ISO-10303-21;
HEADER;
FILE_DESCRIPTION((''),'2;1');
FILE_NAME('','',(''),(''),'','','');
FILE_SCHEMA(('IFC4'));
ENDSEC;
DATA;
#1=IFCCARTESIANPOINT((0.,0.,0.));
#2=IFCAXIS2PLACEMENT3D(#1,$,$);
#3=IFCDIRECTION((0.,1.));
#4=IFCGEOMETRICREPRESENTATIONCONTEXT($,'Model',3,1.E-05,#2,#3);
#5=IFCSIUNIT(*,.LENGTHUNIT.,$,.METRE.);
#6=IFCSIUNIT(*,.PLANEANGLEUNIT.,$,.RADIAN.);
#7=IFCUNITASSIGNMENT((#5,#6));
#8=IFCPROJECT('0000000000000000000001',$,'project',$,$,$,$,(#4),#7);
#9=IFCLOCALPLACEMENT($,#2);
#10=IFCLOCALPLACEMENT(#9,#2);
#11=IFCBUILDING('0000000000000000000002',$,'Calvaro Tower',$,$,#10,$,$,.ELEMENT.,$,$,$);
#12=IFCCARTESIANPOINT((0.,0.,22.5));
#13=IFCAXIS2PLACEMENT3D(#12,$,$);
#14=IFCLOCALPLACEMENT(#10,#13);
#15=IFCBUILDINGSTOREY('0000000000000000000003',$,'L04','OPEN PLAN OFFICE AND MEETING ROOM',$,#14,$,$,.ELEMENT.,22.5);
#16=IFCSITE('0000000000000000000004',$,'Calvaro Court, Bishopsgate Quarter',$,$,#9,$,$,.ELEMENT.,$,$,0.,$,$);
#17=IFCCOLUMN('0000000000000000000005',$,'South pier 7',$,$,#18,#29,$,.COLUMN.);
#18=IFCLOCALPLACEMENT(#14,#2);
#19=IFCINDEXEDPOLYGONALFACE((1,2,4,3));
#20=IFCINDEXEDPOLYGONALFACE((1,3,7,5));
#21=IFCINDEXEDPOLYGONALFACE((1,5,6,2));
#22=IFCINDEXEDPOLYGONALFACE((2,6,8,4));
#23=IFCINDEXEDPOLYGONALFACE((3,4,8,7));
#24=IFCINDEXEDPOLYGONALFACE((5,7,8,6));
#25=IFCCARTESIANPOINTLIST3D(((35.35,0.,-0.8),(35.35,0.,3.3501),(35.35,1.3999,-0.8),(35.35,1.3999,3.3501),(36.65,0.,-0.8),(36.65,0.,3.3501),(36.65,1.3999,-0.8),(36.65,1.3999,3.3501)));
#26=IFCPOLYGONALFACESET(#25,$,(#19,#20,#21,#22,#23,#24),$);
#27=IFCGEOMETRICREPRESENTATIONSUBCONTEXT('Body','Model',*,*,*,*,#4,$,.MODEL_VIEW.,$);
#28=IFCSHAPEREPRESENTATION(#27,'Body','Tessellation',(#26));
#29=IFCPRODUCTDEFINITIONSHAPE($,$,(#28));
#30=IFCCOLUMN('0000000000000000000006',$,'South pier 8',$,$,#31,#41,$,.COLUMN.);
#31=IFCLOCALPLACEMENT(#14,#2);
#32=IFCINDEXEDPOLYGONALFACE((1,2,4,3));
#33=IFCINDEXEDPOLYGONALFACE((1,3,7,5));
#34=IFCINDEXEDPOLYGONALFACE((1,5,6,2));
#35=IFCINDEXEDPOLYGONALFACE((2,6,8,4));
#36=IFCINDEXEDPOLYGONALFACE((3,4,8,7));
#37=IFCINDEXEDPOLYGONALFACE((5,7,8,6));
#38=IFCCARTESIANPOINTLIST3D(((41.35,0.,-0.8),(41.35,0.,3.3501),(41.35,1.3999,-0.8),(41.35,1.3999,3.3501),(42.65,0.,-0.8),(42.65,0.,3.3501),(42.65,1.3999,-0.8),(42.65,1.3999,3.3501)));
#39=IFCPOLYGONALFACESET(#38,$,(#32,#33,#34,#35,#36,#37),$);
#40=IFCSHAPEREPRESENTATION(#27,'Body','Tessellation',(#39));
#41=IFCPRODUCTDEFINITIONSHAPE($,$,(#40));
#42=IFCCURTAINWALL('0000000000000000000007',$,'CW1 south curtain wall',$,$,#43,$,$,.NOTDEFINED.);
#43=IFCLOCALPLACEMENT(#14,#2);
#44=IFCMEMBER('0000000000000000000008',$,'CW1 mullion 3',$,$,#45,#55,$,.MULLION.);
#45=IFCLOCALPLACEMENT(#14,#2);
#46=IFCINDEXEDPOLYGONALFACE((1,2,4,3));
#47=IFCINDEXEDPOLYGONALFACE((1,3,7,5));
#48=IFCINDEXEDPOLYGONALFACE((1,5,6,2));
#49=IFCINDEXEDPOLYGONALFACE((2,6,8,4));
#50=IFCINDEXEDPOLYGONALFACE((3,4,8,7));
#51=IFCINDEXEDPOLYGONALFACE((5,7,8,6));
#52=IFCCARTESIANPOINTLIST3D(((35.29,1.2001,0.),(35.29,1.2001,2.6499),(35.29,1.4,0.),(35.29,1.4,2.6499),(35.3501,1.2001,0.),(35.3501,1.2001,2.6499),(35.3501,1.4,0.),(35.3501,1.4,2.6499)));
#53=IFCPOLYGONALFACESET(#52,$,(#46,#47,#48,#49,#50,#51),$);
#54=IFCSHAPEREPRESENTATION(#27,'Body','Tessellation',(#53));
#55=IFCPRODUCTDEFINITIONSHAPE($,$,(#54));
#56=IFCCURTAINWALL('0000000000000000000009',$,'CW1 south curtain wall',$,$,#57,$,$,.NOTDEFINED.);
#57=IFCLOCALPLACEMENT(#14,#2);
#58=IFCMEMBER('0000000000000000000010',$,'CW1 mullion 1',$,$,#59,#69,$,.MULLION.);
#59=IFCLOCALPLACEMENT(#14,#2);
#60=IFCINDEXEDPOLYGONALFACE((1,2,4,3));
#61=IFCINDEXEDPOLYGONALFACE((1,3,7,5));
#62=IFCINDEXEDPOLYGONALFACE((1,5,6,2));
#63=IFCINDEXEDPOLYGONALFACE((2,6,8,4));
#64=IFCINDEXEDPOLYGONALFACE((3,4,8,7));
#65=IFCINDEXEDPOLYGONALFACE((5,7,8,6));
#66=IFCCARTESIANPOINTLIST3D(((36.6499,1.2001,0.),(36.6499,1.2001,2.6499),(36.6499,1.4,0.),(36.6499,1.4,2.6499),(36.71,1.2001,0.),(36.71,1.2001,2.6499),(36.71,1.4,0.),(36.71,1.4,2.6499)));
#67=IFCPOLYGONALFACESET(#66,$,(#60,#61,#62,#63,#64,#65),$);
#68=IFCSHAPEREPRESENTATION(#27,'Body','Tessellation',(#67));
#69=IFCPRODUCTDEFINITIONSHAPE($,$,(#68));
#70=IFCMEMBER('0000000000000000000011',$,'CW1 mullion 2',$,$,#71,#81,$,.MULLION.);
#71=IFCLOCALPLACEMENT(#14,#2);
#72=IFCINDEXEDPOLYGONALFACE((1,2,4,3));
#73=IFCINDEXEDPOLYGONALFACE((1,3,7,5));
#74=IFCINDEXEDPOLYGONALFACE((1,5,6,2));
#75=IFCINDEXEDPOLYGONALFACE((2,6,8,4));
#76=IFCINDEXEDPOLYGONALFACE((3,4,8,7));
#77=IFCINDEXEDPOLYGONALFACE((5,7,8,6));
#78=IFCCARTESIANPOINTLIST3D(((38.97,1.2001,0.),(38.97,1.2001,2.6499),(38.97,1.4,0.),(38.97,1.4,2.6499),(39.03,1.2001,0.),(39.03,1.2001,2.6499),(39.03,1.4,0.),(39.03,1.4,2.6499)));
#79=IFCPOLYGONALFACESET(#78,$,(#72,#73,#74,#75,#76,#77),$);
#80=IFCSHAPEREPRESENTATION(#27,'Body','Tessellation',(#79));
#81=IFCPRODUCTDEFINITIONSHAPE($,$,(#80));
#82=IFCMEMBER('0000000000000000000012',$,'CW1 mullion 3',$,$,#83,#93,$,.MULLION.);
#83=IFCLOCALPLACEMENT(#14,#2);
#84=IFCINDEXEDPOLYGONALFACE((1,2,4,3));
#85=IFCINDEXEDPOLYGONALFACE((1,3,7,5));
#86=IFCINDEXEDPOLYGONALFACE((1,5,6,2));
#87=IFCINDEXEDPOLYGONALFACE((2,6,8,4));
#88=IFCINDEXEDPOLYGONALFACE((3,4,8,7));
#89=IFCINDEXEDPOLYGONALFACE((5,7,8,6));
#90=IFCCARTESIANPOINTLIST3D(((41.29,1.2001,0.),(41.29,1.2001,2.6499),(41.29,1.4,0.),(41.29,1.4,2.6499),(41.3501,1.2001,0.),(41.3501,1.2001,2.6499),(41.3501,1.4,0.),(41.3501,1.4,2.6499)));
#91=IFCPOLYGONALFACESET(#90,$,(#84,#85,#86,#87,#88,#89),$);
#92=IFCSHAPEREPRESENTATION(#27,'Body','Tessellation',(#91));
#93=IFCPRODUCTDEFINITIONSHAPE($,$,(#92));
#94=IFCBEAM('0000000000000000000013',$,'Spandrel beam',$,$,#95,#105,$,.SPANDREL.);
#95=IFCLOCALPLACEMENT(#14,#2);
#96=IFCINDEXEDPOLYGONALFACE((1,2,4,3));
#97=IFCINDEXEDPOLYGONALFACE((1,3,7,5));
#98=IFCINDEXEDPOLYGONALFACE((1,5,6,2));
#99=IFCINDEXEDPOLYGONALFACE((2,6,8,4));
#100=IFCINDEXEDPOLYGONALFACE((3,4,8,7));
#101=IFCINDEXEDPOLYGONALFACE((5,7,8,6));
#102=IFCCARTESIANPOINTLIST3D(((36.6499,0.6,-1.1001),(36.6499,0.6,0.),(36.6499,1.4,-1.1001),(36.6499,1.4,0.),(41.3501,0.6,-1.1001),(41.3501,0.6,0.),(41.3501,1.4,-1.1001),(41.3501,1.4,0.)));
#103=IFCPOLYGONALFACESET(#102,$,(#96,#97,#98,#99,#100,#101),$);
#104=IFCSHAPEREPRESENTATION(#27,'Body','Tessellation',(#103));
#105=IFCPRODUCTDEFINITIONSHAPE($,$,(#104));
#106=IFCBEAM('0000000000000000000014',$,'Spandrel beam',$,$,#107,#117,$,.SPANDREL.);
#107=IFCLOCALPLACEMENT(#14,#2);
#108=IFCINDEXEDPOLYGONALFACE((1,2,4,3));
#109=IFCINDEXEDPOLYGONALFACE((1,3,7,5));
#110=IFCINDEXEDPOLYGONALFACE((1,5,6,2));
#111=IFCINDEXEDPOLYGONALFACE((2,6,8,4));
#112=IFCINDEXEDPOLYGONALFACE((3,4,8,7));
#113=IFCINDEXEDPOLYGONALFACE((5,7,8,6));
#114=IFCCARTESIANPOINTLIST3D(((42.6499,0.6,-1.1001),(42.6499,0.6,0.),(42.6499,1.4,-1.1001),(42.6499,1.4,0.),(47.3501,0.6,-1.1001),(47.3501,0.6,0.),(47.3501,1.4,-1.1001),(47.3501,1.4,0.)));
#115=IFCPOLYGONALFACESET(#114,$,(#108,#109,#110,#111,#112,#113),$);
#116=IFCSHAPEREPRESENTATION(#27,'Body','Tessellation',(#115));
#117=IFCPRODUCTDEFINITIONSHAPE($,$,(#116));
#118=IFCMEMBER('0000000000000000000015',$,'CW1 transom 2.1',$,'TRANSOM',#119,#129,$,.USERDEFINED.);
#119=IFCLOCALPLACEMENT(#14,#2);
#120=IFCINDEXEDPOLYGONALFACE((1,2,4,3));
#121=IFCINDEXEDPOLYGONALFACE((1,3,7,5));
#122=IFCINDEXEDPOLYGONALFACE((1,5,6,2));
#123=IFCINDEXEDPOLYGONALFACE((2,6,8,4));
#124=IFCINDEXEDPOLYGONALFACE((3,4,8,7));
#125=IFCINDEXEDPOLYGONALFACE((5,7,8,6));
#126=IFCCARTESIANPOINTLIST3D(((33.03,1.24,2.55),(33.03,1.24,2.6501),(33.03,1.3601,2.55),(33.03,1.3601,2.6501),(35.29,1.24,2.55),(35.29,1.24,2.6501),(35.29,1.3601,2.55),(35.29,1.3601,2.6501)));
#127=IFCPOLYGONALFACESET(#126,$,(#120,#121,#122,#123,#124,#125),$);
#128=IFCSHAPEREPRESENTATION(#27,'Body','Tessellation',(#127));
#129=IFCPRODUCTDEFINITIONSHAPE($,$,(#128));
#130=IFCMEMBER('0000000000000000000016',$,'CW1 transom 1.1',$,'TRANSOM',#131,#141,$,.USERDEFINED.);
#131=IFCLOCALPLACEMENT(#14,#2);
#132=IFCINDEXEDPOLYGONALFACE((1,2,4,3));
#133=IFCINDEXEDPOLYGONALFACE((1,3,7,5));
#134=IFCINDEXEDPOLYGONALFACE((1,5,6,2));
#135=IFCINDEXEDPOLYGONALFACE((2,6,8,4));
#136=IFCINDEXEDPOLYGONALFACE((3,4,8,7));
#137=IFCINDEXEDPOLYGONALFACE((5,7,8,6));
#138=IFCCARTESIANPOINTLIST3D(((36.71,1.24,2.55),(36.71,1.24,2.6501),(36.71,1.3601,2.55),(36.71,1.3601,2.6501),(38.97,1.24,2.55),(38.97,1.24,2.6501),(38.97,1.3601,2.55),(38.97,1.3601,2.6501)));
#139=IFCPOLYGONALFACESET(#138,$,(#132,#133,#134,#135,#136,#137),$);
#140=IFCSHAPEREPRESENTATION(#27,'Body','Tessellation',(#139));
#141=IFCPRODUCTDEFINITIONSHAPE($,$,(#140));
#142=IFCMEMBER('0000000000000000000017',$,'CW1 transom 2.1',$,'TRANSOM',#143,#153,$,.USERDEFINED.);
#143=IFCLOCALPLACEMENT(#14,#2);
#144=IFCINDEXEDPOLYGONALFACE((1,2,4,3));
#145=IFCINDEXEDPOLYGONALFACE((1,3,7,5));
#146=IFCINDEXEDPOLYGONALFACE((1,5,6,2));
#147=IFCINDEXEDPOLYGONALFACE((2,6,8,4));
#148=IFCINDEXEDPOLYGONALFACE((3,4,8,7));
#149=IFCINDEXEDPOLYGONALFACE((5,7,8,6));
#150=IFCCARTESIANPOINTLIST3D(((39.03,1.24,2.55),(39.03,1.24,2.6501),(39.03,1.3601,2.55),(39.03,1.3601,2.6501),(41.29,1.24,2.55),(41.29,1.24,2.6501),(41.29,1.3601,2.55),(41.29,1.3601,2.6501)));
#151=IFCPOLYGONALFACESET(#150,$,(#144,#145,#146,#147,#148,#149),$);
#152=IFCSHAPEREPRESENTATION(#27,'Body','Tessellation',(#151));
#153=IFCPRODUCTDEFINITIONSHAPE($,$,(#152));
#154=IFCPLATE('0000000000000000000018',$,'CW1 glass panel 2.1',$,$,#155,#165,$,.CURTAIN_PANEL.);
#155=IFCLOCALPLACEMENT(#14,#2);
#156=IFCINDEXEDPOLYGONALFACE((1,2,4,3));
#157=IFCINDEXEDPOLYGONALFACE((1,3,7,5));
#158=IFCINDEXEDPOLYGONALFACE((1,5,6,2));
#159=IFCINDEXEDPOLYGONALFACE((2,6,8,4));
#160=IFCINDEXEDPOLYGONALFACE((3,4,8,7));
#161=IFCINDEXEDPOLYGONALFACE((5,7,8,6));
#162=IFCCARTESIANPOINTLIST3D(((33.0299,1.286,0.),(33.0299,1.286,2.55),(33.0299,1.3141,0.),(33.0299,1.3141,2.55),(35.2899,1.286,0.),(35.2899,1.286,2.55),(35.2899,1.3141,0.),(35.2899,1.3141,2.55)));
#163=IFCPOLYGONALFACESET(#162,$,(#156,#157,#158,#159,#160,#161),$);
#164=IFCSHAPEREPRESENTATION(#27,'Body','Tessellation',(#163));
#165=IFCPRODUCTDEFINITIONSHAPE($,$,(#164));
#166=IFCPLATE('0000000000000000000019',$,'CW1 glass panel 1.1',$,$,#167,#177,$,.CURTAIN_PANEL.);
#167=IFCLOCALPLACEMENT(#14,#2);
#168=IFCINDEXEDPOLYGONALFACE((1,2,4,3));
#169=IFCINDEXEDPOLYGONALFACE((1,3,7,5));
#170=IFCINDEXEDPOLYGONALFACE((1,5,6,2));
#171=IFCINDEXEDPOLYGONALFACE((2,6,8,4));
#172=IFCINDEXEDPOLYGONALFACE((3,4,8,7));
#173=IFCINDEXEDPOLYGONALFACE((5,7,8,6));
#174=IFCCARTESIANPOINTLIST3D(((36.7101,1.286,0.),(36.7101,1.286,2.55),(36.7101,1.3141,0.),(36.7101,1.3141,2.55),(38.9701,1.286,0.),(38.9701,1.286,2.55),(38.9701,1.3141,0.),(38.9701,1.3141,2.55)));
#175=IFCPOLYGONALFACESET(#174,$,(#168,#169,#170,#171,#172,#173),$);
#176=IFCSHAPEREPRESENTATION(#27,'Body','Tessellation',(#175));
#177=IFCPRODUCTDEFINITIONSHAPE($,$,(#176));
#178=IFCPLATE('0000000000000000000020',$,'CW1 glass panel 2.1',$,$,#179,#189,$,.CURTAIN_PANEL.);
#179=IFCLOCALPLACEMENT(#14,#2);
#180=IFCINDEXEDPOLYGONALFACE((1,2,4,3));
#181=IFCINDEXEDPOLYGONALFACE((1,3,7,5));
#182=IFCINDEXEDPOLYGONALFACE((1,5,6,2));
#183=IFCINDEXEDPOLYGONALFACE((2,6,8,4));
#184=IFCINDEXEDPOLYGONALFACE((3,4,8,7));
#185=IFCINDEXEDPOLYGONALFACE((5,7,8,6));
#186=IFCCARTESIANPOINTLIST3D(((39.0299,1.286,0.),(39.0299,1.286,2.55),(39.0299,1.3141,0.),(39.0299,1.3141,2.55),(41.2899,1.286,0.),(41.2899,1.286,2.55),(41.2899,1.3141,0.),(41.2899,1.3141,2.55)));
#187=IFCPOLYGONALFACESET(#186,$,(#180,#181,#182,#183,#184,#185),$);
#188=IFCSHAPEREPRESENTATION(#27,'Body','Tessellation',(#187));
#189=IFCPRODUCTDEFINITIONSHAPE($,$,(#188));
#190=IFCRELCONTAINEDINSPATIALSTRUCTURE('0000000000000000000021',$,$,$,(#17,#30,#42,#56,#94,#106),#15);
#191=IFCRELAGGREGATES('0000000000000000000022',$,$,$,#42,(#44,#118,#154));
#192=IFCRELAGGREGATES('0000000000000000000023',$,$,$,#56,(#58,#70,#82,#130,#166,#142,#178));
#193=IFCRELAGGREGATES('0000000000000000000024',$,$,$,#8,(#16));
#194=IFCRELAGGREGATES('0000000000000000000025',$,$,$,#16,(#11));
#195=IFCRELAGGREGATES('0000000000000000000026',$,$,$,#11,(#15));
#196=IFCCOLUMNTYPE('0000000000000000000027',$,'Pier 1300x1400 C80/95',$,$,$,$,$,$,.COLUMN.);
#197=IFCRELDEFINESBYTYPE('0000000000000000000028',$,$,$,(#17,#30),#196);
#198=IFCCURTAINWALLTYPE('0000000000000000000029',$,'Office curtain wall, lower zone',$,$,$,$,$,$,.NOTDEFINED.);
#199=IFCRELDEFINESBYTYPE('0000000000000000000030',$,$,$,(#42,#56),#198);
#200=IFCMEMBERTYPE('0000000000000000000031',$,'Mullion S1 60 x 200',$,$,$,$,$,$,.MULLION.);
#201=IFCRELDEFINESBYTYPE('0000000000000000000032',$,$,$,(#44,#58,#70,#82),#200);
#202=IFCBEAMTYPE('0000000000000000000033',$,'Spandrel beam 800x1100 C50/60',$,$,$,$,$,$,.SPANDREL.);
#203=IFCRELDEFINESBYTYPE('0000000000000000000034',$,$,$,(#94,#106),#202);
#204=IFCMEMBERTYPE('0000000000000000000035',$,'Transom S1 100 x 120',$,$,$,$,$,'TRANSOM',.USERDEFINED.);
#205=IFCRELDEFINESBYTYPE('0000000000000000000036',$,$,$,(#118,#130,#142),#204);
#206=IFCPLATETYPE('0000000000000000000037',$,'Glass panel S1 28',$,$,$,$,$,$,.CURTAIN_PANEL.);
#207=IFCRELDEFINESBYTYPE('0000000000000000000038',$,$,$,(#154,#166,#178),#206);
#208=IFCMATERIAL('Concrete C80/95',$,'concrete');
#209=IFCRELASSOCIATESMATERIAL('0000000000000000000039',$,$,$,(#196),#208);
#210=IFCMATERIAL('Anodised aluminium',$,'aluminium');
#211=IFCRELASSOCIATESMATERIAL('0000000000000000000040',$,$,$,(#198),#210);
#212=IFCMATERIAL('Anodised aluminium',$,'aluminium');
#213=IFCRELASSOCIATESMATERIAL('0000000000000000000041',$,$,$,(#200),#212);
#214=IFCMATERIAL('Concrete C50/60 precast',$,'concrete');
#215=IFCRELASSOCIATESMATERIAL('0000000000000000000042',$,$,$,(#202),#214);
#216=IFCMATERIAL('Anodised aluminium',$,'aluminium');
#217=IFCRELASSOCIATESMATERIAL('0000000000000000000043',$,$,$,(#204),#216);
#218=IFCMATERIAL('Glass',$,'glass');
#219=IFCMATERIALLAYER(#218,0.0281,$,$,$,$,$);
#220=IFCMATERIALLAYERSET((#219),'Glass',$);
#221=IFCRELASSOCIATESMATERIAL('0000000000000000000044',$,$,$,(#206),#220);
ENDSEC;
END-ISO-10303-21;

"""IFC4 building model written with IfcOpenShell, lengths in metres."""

from ifc_helpers import new_model, si_unit, direction, frame, origin, origin_2d, place, context, subcontext, project, spatial, rectangle, extrude, material, layer, layer_set, material_profile, profile_set, type_object, element, aggregate, save


model = new_model("IFC4")

# Units and contexts
model_context = context("Model", 3, precision=1e-05, world=origin(), true_north=direction((0.0, 1.0)))
body_context = subcontext(model_context, "Body", "Model", "MODEL_VIEW")
ifc_project = project(units=[si_unit("LENGTHUNIT", "METRE"), si_unit("PLANEANGLEUNIT", "RADIAN")], contexts=[model_context])

# Site, building, storey
site_placement = place(None, origin())
site = spatial("IfcSite", under=ifc_project, at=site_placement, Name="Calvaro Court, Bishopsgate Quarter", CompositionType="ELEMENT", RefElevation=0.0)
building_placement = place(site_placement, origin())
building = spatial("IfcBuilding", under=site, at=building_placement, Name="Calvaro Tower", CompositionType="ELEMENT")
storey_placement = place(building_placement, frame((0.0, 0.0, 22.5)))
storey = spatial("IfcBuildingStorey", under=building, at=storey_placement, Name="L04", Description="OPEN PLAN OFFICE AND MEETING ROOM", CompositionType="ELEMENT", Elevation=22.5)

# Columns
ifc_material_1 = material(Name="Concrete C80/95", Category="concrete")
ifc_material_profile_1 = material_profile(ifc_material_1, rectangle(XDim=1.3, YDim=1.3999, at=origin_2d()), Name="RC 1300x1400")
ifc_profile_set_1 = profile_set([ifc_material_profile_1], Name="Concrete C80/95")
column_type = type_object("IfcColumnType", Name="Pier 1300x1400 C80/95", PredefinedType="COLUMN", material=ifc_profile_set_1)
for number, where, z_axis, x_axis, name in (
    (1, (36.0, 0.7, -0.8), (0.0, 0.0, 1.0), (1.0, 0.0, 0.0), "South pier 7"),
    (2, (42.0, 0.7, -0.8), (0.0, 0.0, 1.0), (1.0, 0.0, 0.0), "South pier 8"),
):
    element("IfcColumn", number, at=place(storey_placement, frame(where, z_axis=z_axis, x_axis=x_axis)), inside=storey, type_object=column_type, Name=name, PredefinedType="COLUMN", context=body_context, shape_type="SweptSolid", body=[
        extrude(rectangle(XDim=1.3, YDim=1.3999, at=origin_2d()), origin(), (0.0, 0.0, 1.0), 4.1501),
    ])

# Curtain wall, member
ifc_material_2 = material(Name="Anodised aluminium", Category="aluminium")
curtain_wall_type = type_object("IfcCurtainWallType", Name="Office curtain wall, lower zone", PredefinedType="NOTDEFINED", material=ifc_material_2)
curtain_wall_1_placement = place(storey_placement, origin())
curtain_wall_1 = element("IfcCurtainWall", 3, at=curtain_wall_1_placement, inside=storey, type_object=curtain_wall_type, Name="CW1 south curtain wall", PredefinedType="NOTDEFINED")
ifc_material_3 = material(Name="Anodised aluminium", Category="aluminium")
ifc_material_profile_2 = material_profile(ifc_material_3, rectangle(XDim=0.2, YDim=0.0601, at=origin_2d()), Name="Mullion S1 60 x 200")
ifc_profile_set_2 = profile_set([ifc_material_profile_2], Name="Anodised aluminium")
member_type_1 = type_object("IfcMemberType", Name="Mullion S1 60 x 200", PredefinedType="MULLION", material=ifc_profile_set_2)
member_1_placement = place(storey_placement, frame((35.3201, 1.3, 0.0), z_axis=(0.0, 0.0, 1.0), x_axis=(0.0, 1.0, 0.0)))
member_1 = element("IfcMember", 4, at=member_1_placement, type_object=member_type_1, Name="CW1 mullion 3", PredefinedType="MULLION", context=body_context, shape_type="SweptSolid", body=[
    extrude(rectangle(XDim=0.2, YDim=0.0601, at=origin_2d()), origin(), (0.0, 0.0, 1.0), 2.6499),
])

# Curtain wall, members
curtain_wall_2_placement = place(storey_placement, origin())
curtain_wall_2 = element("IfcCurtainWall", 5, at=curtain_wall_2_placement, inside=storey, type_object=curtain_wall_type, Name="CW1 south curtain wall", PredefinedType="NOTDEFINED")
member_2_placement = place(storey_placement, frame((36.6799, 1.3, 0.0), z_axis=(0.0, 0.0, 1.0), x_axis=(0.0, 1.0, 0.0)))
member_2 = element("IfcMember", 6, at=member_2_placement, type_object=member_type_1, Name="CW1 mullion 1", PredefinedType="MULLION", context=body_context, shape_type="SweptSolid", body=[
    extrude(rectangle(XDim=0.2, YDim=0.0601, at=origin_2d()), origin(), (0.0, 0.0, 1.0), 2.6499),
])
member_3_placement = place(storey_placement, frame((39.0, 1.3, 0.0), z_axis=(0.0, 0.0, 1.0), x_axis=(0.0, 1.0, 0.0)))
member_3 = element("IfcMember", 7, at=member_3_placement, type_object=member_type_1, Name="CW1 mullion 2", PredefinedType="MULLION", context=body_context, shape_type="SweptSolid", body=[
    extrude(rectangle(XDim=0.2, YDim=0.0601, at=origin_2d()), origin(), (0.0, 0.0, 1.0), 2.6499),
])
member_4_placement = place(storey_placement, frame((41.3201, 1.3, 0.0), z_axis=(0.0, 0.0, 1.0), x_axis=(0.0, 1.0, 0.0)))
member_4 = element("IfcMember", 8, at=member_4_placement, type_object=member_type_1, Name="CW1 mullion 3", PredefinedType="MULLION", context=body_context, shape_type="SweptSolid", body=[
    extrude(rectangle(XDim=0.2, YDim=0.0601, at=origin_2d()), origin(), (0.0, 0.0, 1.0), 2.6499),
])

# Beams
ifc_material_4 = material(Name="Concrete C50/60 precast", Category="concrete")
ifc_material_profile_3 = material_profile(ifc_material_4, rectangle(XDim=0.8, YDim=1.1001, at=origin_2d()), Name="RC 800x1100")
ifc_profile_set_3 = profile_set([ifc_material_profile_3], Name="Concrete C50/60 precast")
beam_type = type_object("IfcBeamType", Name="Spandrel beam 800x1100 C50/60", PredefinedType="SPANDREL", material=ifc_profile_set_3)
for number, where, z_axis, x_axis, name in (
    (9, (36.6499, 1.0, -0.55), (1.0, 0.0, 0.0), (0.0, 1.0, 0.0), "Spandrel beam"),
    (10, (42.6499, 1.0, -0.55), (1.0, 0.0, 0.0), (0.0, 1.0, 0.0), "Spandrel beam"),
):
    element("IfcBeam", number, at=place(storey_placement, frame(where, z_axis=z_axis, x_axis=x_axis)), inside=storey, type_object=beam_type, Name=name, PredefinedType="SPANDREL", context=body_context, shape_type="SweptSolid", body=[
        extrude(rectangle(XDim=0.8, YDim=1.1001, at=origin_2d()), origin(), (0.0, 0.0, 1.0), 4.7002),
    ])

# Members
ifc_material_5 = material(Name="Anodised aluminium", Category="aluminium")
ifc_material_profile_4 = material_profile(ifc_material_5, rectangle(XDim=0.1201, YDim=0.1001, at=origin_2d()), Name="Transom S1 100 x 120")
ifc_profile_set_4 = profile_set([ifc_material_profile_4], Name="Anodised aluminium")
member_type_2 = type_object("IfcMemberType", Name="Transom S1 100 x 120", ElementType="TRANSOM", PredefinedType="USERDEFINED", material=ifc_profile_set_4)
member_5_placement = place(storey_placement, frame((33.03, 1.3, 2.6001), z_axis=(1.0, 0.0, 0.0), x_axis=(0.0, 1.0, 0.0)))
member_5 = element("IfcMember", 11, at=member_5_placement, type_object=member_type_2, Name="CW1 transom 2.1", ObjectType="TRANSOM", PredefinedType="USERDEFINED", context=body_context, shape_type="SweptSolid", body=[
    extrude(rectangle(XDim=0.1201, YDim=0.1001, at=origin_2d()), origin(), (0.0, 0.0, 1.0), 2.26),
])
member_6_placement = place(storey_placement, frame((36.71, 1.3, 2.6001), z_axis=(1.0, 0.0, 0.0), x_axis=(0.0, 1.0, 0.0)))
member_6 = element("IfcMember", 12, at=member_6_placement, type_object=member_type_2, Name="CW1 transom 1.1", ObjectType="TRANSOM", PredefinedType="USERDEFINED", context=body_context, shape_type="SweptSolid", body=[
    extrude(rectangle(XDim=0.1201, YDim=0.1001, at=origin_2d()), origin(), (0.0, 0.0, 1.0), 2.26),
])
member_7_placement = place(storey_placement, frame((39.03, 1.3, 2.6001), z_axis=(1.0, 0.0, 0.0), x_axis=(0.0, 1.0, 0.0)))
member_7 = element("IfcMember", 13, at=member_7_placement, type_object=member_type_2, Name="CW1 transom 2.1", ObjectType="TRANSOM", PredefinedType="USERDEFINED", context=body_context, shape_type="SweptSolid", body=[
    extrude(rectangle(XDim=0.1201, YDim=0.1001, at=origin_2d()), origin(), (0.0, 0.0, 1.0), 2.26),
])

# Plates
ifc_material_6 = material(Name="Glass", Category="glass")
ifc_layer_1 = layer(ifc_material_6, 0.0281)
ifc_layer_set_1 = layer_set([ifc_layer_1], Name="Glass")
plate_type = type_object("IfcPlateType", Name="Glass panel S1 28", PredefinedType="CURTAIN_PANEL", material=ifc_layer_set_1)
plate_1_placement = place(storey_placement, frame((34.1599, 1.3, 0.0), z_axis=(0.0, 0.0, 1.0), x_axis=(1.0, 0.0, 0.0)))
plate_1 = element("IfcPlate", 14, at=plate_1_placement, type_object=plate_type, Name="CW1 glass panel 2.1", PredefinedType="CURTAIN_PANEL", context=body_context, shape_type="SweptSolid", body=[
    extrude(rectangle(XDim=2.26, YDim=0.0281, at=origin_2d()), origin(), (0.0, 0.0, 1.0), 2.55),
])
aggregate(curtain_wall_1, [member_1, member_5, plate_1])
plate_2_placement = place(storey_placement, frame((37.8401, 1.3, 0.0), z_axis=(0.0, 0.0, 1.0), x_axis=(1.0, 0.0, 0.0)))
plate_2 = element("IfcPlate", 15, at=plate_2_placement, type_object=plate_type, Name="CW1 glass panel 1.1", PredefinedType="CURTAIN_PANEL", context=body_context, shape_type="SweptSolid", body=[
    extrude(rectangle(XDim=2.26, YDim=0.0281, at=origin_2d()), origin(), (0.0, 0.0, 1.0), 2.55),
])
plate_3_placement = place(storey_placement, frame((40.1599, 1.3, 0.0), z_axis=(0.0, 0.0, 1.0), x_axis=(1.0, 0.0, 0.0)))
plate_3 = element("IfcPlate", 16, at=plate_3_placement, type_object=plate_type, Name="CW1 glass panel 2.1", PredefinedType="CURTAIN_PANEL", context=body_context, shape_type="SweptSolid", body=[
    extrude(rectangle(XDim=2.26, YDim=0.0281, at=origin_2d()), origin(), (0.0, 0.0, 1.0), 2.55),
])
aggregate(curtain_wall_2, [member_2, member_3, member_4, member_6, plate_2, member_7, plate_3])

save(model, "model.ifc")
